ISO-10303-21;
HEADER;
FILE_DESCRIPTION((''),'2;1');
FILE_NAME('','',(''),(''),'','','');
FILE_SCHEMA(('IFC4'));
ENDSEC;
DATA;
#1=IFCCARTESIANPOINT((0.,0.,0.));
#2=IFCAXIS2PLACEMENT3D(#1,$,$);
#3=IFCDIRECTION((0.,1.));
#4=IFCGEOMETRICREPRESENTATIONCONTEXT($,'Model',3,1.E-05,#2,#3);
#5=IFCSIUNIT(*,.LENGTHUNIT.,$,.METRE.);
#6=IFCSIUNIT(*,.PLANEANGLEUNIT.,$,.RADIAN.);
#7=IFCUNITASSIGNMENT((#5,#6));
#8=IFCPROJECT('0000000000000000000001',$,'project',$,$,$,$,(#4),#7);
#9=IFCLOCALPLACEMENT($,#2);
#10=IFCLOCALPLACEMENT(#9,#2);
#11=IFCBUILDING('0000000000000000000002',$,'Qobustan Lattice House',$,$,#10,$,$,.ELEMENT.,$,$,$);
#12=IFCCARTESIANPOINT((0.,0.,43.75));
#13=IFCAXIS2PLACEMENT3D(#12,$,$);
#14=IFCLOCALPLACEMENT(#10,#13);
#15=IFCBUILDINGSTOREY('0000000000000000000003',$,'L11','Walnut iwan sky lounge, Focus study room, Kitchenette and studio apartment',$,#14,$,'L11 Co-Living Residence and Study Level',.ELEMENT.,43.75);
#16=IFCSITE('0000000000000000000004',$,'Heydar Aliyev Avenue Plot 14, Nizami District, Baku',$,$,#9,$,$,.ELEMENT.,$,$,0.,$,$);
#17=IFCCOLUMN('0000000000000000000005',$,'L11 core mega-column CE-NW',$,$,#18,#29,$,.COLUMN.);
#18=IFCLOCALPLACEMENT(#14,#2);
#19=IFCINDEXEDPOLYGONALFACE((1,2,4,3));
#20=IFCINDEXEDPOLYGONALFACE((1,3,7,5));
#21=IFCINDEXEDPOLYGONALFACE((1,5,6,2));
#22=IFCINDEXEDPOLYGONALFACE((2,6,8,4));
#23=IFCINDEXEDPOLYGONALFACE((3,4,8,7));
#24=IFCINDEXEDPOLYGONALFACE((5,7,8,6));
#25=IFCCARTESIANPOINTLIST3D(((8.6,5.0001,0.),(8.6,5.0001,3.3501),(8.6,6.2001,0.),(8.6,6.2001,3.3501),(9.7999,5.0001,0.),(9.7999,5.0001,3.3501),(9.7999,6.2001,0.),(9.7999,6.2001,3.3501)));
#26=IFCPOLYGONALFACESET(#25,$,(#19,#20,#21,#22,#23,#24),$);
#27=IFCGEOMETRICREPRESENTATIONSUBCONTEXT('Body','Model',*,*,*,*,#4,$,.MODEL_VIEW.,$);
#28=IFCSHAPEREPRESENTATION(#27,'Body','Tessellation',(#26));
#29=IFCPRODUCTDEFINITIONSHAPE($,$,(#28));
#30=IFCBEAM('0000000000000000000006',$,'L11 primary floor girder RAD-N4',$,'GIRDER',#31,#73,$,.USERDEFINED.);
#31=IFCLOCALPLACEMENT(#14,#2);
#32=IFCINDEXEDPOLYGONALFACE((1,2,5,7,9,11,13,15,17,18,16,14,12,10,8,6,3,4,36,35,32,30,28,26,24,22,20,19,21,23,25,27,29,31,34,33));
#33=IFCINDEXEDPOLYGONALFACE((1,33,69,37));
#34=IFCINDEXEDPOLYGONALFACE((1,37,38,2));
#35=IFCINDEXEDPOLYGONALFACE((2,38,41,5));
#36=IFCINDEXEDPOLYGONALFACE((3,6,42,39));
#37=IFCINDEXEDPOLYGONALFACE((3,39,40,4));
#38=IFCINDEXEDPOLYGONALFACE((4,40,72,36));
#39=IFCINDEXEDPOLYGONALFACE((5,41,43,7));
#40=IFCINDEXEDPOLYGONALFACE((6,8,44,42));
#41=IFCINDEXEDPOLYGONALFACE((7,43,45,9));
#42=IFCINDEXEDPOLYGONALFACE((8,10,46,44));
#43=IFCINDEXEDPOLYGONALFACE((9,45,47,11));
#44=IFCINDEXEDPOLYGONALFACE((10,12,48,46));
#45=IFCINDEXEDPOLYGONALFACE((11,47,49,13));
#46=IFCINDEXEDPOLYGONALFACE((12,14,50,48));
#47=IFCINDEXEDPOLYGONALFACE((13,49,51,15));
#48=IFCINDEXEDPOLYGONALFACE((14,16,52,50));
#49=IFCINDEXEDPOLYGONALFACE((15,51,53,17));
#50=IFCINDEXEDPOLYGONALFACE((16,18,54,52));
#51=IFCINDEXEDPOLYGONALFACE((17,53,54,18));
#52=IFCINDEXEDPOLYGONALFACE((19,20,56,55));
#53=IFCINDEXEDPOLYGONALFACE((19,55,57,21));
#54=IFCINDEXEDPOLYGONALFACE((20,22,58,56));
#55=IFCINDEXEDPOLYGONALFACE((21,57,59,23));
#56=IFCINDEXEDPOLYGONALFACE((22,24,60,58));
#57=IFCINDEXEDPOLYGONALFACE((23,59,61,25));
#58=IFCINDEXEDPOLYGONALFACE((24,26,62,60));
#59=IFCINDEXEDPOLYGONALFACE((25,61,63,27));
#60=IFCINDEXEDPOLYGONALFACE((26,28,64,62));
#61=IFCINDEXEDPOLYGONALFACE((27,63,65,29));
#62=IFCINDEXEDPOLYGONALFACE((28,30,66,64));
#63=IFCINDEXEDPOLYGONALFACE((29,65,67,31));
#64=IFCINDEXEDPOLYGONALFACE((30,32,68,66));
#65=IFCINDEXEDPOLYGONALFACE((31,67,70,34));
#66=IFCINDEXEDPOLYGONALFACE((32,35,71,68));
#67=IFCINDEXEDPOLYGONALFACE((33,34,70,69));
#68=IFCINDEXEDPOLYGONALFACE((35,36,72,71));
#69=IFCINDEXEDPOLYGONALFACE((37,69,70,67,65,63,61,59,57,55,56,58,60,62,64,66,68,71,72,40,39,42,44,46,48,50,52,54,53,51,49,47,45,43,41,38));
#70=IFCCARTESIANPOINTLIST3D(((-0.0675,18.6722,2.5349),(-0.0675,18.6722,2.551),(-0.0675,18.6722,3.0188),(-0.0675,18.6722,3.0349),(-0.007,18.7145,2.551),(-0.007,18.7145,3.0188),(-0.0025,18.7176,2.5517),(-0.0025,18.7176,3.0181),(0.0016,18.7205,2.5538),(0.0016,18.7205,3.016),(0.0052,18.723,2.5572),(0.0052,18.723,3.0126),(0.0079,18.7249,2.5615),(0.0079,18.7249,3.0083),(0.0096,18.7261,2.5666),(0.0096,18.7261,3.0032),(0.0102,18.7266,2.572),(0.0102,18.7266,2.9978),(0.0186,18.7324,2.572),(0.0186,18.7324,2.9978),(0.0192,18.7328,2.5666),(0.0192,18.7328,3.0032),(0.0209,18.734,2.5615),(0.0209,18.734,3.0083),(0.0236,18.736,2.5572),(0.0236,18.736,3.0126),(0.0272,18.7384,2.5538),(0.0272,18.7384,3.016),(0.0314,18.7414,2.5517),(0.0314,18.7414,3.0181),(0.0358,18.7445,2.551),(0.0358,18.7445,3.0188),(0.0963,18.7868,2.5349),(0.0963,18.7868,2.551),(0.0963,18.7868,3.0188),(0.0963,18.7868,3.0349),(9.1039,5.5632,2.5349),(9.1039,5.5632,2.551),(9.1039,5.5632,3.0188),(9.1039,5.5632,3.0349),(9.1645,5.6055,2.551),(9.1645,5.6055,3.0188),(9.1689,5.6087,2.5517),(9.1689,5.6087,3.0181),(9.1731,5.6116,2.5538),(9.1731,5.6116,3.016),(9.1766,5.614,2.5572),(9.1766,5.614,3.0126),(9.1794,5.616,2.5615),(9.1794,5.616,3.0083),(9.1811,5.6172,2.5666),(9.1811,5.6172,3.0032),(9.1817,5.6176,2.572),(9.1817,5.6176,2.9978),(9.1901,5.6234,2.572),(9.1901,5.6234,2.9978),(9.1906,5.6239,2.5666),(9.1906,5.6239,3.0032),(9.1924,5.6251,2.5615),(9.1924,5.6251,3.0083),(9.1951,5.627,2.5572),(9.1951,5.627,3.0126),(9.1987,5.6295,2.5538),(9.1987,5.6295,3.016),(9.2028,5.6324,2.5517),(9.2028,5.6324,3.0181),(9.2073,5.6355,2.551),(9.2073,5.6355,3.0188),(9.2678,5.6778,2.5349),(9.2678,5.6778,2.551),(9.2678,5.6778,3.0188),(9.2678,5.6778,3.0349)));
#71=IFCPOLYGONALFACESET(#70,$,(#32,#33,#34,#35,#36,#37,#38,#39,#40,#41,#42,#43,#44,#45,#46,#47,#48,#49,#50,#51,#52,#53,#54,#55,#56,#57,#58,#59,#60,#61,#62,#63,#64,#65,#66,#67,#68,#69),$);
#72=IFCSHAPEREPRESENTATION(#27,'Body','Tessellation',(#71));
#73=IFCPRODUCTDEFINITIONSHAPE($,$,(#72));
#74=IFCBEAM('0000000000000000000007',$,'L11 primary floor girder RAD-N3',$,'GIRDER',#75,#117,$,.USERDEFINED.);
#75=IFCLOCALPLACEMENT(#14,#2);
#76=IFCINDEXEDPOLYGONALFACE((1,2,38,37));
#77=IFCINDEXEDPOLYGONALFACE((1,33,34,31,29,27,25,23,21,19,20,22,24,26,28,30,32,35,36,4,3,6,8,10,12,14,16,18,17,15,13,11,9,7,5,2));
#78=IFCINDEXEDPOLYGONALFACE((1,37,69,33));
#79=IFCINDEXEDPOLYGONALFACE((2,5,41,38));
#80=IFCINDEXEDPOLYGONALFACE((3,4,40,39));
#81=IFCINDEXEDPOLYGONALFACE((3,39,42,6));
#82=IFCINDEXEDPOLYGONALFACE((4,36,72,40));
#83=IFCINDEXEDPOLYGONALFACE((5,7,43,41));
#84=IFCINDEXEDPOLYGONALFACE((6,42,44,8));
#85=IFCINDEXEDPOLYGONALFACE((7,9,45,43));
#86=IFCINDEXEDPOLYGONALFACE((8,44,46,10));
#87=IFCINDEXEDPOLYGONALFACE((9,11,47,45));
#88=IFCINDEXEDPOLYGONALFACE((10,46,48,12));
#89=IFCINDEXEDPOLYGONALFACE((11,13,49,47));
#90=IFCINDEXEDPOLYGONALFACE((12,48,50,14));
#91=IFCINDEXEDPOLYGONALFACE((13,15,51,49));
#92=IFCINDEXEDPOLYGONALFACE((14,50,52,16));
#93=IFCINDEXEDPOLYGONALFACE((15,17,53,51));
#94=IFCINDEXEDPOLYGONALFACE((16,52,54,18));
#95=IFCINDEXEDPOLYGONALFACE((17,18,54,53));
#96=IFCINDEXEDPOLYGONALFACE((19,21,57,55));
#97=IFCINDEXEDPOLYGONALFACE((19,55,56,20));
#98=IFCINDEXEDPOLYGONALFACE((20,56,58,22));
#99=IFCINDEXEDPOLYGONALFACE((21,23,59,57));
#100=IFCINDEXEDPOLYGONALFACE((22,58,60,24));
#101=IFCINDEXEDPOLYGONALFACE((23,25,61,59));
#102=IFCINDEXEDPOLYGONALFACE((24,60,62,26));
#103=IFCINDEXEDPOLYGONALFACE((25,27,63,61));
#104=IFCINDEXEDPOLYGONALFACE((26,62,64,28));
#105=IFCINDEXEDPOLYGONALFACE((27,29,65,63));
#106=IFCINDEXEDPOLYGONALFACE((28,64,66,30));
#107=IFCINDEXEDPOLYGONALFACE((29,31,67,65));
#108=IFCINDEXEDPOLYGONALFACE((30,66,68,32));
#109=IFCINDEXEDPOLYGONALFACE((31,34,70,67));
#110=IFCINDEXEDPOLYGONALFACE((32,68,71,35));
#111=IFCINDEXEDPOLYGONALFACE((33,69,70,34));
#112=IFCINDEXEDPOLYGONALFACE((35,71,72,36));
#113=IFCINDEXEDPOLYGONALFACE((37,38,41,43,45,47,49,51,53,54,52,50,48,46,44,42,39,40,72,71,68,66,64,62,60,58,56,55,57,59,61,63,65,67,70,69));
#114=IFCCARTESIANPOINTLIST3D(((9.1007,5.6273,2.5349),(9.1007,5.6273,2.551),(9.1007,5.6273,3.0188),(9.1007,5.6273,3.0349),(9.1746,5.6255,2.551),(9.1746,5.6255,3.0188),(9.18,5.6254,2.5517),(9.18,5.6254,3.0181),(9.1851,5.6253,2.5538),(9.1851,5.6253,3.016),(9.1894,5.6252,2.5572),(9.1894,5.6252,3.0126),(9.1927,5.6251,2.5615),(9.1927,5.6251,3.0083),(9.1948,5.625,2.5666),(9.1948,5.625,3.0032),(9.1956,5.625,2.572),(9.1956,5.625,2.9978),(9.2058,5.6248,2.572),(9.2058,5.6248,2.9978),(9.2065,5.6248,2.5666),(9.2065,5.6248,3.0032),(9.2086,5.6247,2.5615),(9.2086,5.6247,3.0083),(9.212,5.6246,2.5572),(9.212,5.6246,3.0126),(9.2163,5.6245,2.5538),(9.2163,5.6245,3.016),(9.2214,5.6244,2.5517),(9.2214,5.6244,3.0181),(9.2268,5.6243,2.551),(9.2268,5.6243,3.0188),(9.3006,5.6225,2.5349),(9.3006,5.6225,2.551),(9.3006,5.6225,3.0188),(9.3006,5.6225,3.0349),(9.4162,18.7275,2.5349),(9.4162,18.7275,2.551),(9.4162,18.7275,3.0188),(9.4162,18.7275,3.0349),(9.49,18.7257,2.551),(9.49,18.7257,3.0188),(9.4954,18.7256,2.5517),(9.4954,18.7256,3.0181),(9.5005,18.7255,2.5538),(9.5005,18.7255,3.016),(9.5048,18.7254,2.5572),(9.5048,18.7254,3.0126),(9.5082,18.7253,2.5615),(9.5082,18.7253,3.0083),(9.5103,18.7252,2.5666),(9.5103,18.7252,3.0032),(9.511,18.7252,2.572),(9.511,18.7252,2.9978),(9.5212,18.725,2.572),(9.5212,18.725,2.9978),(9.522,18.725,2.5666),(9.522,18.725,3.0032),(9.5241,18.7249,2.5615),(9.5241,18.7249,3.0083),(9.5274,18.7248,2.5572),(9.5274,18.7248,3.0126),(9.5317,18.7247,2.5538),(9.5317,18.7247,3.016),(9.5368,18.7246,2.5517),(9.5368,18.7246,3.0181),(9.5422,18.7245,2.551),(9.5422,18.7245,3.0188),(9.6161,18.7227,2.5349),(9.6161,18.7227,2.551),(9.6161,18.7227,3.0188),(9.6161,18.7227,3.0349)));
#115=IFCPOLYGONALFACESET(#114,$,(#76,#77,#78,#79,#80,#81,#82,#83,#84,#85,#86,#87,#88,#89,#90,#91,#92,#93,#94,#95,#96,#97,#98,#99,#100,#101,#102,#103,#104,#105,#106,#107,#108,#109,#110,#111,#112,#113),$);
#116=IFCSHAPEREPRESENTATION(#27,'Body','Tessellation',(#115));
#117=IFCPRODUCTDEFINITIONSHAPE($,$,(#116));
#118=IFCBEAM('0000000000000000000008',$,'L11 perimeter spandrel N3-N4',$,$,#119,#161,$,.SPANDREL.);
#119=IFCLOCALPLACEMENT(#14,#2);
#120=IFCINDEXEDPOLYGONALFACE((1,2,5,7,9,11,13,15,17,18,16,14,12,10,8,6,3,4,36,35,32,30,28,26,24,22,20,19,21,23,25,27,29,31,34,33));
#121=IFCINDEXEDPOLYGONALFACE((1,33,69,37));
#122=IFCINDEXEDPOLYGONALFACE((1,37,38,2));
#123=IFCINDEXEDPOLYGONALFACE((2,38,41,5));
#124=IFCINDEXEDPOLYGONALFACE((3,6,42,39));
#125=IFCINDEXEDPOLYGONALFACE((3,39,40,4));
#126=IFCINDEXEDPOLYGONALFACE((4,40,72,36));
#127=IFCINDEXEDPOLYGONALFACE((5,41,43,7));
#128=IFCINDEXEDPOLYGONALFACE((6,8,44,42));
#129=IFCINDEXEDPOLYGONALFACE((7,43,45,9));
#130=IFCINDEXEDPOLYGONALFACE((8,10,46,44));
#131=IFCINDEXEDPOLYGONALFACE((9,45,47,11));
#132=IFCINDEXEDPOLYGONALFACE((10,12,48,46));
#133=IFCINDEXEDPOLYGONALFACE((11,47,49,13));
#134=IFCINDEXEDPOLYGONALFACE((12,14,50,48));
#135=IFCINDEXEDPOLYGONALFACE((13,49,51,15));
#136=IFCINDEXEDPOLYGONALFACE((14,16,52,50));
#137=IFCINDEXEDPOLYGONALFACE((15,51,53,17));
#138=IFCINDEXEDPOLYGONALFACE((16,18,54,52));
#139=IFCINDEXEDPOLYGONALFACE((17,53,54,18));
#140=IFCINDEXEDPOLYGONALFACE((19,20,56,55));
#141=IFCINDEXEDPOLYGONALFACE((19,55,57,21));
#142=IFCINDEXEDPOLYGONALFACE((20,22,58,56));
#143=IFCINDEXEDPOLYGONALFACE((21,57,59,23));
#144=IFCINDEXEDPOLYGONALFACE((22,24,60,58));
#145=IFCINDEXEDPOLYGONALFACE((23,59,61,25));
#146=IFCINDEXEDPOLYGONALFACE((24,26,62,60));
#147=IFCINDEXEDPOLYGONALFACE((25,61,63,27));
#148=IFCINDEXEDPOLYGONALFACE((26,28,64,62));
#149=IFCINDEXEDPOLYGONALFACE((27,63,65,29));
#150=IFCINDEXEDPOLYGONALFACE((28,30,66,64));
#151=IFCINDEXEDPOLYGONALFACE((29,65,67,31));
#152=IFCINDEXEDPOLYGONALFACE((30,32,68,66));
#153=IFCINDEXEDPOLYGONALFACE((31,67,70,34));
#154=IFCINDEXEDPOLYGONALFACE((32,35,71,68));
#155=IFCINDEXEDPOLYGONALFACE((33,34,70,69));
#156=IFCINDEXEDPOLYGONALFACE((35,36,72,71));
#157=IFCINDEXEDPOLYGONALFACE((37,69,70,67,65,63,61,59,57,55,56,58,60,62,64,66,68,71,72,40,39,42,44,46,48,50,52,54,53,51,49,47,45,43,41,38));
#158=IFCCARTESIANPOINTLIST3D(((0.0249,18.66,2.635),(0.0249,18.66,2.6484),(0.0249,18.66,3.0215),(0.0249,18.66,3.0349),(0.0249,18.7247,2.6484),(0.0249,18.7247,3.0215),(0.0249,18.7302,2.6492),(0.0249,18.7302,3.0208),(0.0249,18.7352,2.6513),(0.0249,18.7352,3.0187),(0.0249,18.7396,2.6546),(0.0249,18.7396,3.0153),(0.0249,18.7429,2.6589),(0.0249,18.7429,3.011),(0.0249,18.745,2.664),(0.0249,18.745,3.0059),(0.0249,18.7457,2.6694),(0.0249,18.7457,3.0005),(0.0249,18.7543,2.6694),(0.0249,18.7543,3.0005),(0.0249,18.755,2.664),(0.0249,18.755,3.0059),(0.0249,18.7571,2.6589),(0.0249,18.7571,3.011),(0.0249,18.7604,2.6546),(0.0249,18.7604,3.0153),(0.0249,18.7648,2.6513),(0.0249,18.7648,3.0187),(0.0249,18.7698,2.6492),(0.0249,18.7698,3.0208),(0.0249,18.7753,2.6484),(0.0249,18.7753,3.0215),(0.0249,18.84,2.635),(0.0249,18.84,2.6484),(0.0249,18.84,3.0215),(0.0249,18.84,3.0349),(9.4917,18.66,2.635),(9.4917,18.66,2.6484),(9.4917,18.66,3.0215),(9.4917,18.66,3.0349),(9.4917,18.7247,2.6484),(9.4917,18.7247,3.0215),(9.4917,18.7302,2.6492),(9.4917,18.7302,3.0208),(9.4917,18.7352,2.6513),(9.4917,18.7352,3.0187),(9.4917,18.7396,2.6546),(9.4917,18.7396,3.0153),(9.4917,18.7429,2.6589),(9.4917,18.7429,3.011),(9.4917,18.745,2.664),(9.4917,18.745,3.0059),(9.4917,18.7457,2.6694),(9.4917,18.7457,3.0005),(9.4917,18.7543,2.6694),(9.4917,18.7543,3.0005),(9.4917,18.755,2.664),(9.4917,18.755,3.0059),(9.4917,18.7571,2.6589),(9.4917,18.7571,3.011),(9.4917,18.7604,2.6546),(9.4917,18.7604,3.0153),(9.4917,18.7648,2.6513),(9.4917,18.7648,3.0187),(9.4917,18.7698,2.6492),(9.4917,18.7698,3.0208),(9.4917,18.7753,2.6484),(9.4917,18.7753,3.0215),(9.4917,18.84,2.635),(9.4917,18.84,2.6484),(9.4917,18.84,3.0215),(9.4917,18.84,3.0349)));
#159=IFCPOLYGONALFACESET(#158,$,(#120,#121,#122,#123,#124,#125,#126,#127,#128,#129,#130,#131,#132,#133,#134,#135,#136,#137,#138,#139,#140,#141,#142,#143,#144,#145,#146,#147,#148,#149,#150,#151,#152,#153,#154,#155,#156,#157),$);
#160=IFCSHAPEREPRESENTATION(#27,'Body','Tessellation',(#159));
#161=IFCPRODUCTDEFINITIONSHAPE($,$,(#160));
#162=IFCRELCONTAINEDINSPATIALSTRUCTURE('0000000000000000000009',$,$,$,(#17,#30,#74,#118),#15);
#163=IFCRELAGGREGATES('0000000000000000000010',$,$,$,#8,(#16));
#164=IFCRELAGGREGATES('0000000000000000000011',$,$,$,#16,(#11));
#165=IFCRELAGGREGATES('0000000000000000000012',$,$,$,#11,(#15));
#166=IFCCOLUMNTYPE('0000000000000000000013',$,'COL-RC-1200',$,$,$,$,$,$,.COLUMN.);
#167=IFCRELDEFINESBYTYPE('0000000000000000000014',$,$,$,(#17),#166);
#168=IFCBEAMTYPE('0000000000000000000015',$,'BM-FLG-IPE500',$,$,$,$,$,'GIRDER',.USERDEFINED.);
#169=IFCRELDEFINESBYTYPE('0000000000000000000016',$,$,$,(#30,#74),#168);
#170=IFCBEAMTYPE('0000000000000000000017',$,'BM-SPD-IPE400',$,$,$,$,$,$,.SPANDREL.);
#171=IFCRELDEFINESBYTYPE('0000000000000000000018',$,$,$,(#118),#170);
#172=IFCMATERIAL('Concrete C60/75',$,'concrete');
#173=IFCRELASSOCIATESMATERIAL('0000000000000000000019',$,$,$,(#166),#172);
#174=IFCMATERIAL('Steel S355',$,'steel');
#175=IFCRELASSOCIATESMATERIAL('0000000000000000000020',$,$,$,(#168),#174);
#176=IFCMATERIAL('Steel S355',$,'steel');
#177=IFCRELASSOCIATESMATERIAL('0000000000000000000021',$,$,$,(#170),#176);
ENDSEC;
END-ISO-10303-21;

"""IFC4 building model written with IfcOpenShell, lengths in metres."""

from ifc_helpers import new_model, si_unit, direction, frame, origin, origin_2d, place, context, subcontext, project, spatial, rectangle, i_section, extrude, material, material_profile, profile_set, type_object, element, save


model = new_model("IFC4")

# Units and contexts
model_context = context("Model", 3, precision=1e-05, world=origin(), true_north=direction((0.0, 1.0)))
body_context = subcontext(model_context, "Body", "Model", "MODEL_VIEW")
ifc_project = project(units=[si_unit("LENGTHUNIT", "METRE"), si_unit("PLANEANGLEUNIT", "RADIAN")], contexts=[model_context])

# Site, building, storey
site_placement = place(None, origin())
site = spatial("IfcSite", under=ifc_project, at=site_placement, Name="Heydar Aliyev Avenue Plot 14, Nizami District, Baku", CompositionType="ELEMENT", RefElevation=0.0)
building_placement = place(site_placement, origin())
building = spatial("IfcBuilding", under=site, at=building_placement, Name="Qobustan Lattice House", CompositionType="ELEMENT")
storey_placement = place(building_placement, frame((0.0, 0.0, 43.75)))
storey = spatial("IfcBuildingStorey", under=building, at=storey_placement, Name="L11", Description="Walnut iwan sky lounge, Focus study room, Kitchenette and studio apartment", LongName="L11 Co-Living Residence and Study Level", CompositionType="ELEMENT", Elevation=43.75)

# Column
ifc_material_1 = material(Name="Concrete C60/75", Category="concrete")
ifc_material_profile_1 = material_profile(ifc_material_1, rectangle(XDim=1.2, YDim=1.2, at=origin_2d()), Name="RC1200x1200")
ifc_profile_set_1 = profile_set([ifc_material_profile_1], Name="Concrete C60/75")
column_type = type_object("IfcColumnType", Name="COL-RC-1200", PredefinedType="COLUMN", material=ifc_profile_set_1)
column_placement = place(storey_placement, frame((9.2, 5.6001, 0.0), z_axis=(0.0, 0.0, 1.0), x_axis=(1.0, 0.0, 0.0)))
element("IfcColumn", 1, at=column_placement, inside=storey, type_object=column_type, Name="L11 core mega-column CE-NW", PredefinedType="COLUMN", context=body_context, shape_type="SweptSolid", body=[
    extrude(rectangle(XDim=1.2, YDim=1.2, at=origin_2d()), origin(), (0.0, 0.0, 1.0), 3.3501),
])

# Beams
ifc_material_2 = material(Name="Steel S355", Category="steel")
ifc_material_profile_2 = material_profile(ifc_material_2, i_section(OverallWidth=0.2, OverallDepth=0.5, WebThickness=0.0103, FlangeThickness=0.0161, FilletRadius=0.021, at=origin_2d()), Name="IPE500")
ifc_profile_set_2 = profile_set([ifc_material_profile_2], Name="Steel S355")
beam_type_1 = type_object("IfcBeamType", Name="BM-FLG-IPE500", ElementType="GIRDER", PredefinedType="USERDEFINED", material=ifc_profile_set_2)
beam_1_placement = place(storey_placement, frame((0.0144, 18.7295, 2.7849), z_axis=(0.57326, -0.819374, 0.0), x_axis=(0.819374, 0.57326, 0.0)))
element("IfcBeam", 2, at=beam_1_placement, inside=storey, type_object=beam_type_1, Name="L11 primary floor girder RAD-N4", ObjectType="GIRDER", PredefinedType="USERDEFINED", context=body_context, shape_type="SweptSolid", body=[
    extrude(i_section(OverallWidth=0.2, OverallDepth=0.5, WebThickness=0.0103, FlangeThickness=0.0161, FilletRadius=0.021, at=origin_2d()), origin(), (0.0, 0.0, 1.0), 15.9988),
])
beam_2_placement = place(storey_placement, frame((9.5161, 18.7251, 2.7849), z_axis=(-0.024071, -0.99971, 0.0), x_axis=(0.99971, -0.024071, 0.0)))
element("IfcBeam", 3, at=beam_2_placement, inside=storey, type_object=beam_type_1, Name="L11 primary floor girder RAD-N3", ObjectType="GIRDER", PredefinedType="USERDEFINED", context=body_context, shape_type="SweptSolid", body=[
    extrude(i_section(OverallWidth=0.2, OverallDepth=0.5, WebThickness=0.0103, FlangeThickness=0.0161, FilletRadius=0.021, at=origin_2d()), origin(), (0.0, 0.0, 1.0), 13.104),
])
ifc_material_3 = material(Name="Steel S355", Category="steel")
ifc_material_profile_3 = material_profile(ifc_material_3, i_section(OverallWidth=0.1799, OverallDepth=0.3999, WebThickness=0.0085, FlangeThickness=0.0134, FilletRadius=0.021, at=origin_2d()), Name="IPE400")
ifc_profile_set_3 = profile_set([ifc_material_profile_3], Name="Steel S355")
beam_type_2 = type_object("IfcBeamType", Name="BM-SPD-IPE400", PredefinedType="SPANDREL", material=ifc_profile_set_3)
beam_3_placement = place(storey_placement, frame((9.4917, 18.75, 2.835), z_axis=(-1.0, 0.0, 0.0), x_axis=(0.0, -1.0, 0.0)))
element("IfcBeam", 4, at=beam_3_placement, inside=storey, type_object=beam_type_2, Name="L11 perimeter spandrel N3-N4", PredefinedType="SPANDREL", context=body_context, shape_type="SweptSolid", body=[
    extrude(i_section(OverallWidth=0.1799, OverallDepth=0.3999, WebThickness=0.0085, FlangeThickness=0.0134, FilletRadius=0.021, at=origin_2d()), origin(), (0.0, 0.0, 1.0), 9.4668),
])

save(model, "model.ifc")
